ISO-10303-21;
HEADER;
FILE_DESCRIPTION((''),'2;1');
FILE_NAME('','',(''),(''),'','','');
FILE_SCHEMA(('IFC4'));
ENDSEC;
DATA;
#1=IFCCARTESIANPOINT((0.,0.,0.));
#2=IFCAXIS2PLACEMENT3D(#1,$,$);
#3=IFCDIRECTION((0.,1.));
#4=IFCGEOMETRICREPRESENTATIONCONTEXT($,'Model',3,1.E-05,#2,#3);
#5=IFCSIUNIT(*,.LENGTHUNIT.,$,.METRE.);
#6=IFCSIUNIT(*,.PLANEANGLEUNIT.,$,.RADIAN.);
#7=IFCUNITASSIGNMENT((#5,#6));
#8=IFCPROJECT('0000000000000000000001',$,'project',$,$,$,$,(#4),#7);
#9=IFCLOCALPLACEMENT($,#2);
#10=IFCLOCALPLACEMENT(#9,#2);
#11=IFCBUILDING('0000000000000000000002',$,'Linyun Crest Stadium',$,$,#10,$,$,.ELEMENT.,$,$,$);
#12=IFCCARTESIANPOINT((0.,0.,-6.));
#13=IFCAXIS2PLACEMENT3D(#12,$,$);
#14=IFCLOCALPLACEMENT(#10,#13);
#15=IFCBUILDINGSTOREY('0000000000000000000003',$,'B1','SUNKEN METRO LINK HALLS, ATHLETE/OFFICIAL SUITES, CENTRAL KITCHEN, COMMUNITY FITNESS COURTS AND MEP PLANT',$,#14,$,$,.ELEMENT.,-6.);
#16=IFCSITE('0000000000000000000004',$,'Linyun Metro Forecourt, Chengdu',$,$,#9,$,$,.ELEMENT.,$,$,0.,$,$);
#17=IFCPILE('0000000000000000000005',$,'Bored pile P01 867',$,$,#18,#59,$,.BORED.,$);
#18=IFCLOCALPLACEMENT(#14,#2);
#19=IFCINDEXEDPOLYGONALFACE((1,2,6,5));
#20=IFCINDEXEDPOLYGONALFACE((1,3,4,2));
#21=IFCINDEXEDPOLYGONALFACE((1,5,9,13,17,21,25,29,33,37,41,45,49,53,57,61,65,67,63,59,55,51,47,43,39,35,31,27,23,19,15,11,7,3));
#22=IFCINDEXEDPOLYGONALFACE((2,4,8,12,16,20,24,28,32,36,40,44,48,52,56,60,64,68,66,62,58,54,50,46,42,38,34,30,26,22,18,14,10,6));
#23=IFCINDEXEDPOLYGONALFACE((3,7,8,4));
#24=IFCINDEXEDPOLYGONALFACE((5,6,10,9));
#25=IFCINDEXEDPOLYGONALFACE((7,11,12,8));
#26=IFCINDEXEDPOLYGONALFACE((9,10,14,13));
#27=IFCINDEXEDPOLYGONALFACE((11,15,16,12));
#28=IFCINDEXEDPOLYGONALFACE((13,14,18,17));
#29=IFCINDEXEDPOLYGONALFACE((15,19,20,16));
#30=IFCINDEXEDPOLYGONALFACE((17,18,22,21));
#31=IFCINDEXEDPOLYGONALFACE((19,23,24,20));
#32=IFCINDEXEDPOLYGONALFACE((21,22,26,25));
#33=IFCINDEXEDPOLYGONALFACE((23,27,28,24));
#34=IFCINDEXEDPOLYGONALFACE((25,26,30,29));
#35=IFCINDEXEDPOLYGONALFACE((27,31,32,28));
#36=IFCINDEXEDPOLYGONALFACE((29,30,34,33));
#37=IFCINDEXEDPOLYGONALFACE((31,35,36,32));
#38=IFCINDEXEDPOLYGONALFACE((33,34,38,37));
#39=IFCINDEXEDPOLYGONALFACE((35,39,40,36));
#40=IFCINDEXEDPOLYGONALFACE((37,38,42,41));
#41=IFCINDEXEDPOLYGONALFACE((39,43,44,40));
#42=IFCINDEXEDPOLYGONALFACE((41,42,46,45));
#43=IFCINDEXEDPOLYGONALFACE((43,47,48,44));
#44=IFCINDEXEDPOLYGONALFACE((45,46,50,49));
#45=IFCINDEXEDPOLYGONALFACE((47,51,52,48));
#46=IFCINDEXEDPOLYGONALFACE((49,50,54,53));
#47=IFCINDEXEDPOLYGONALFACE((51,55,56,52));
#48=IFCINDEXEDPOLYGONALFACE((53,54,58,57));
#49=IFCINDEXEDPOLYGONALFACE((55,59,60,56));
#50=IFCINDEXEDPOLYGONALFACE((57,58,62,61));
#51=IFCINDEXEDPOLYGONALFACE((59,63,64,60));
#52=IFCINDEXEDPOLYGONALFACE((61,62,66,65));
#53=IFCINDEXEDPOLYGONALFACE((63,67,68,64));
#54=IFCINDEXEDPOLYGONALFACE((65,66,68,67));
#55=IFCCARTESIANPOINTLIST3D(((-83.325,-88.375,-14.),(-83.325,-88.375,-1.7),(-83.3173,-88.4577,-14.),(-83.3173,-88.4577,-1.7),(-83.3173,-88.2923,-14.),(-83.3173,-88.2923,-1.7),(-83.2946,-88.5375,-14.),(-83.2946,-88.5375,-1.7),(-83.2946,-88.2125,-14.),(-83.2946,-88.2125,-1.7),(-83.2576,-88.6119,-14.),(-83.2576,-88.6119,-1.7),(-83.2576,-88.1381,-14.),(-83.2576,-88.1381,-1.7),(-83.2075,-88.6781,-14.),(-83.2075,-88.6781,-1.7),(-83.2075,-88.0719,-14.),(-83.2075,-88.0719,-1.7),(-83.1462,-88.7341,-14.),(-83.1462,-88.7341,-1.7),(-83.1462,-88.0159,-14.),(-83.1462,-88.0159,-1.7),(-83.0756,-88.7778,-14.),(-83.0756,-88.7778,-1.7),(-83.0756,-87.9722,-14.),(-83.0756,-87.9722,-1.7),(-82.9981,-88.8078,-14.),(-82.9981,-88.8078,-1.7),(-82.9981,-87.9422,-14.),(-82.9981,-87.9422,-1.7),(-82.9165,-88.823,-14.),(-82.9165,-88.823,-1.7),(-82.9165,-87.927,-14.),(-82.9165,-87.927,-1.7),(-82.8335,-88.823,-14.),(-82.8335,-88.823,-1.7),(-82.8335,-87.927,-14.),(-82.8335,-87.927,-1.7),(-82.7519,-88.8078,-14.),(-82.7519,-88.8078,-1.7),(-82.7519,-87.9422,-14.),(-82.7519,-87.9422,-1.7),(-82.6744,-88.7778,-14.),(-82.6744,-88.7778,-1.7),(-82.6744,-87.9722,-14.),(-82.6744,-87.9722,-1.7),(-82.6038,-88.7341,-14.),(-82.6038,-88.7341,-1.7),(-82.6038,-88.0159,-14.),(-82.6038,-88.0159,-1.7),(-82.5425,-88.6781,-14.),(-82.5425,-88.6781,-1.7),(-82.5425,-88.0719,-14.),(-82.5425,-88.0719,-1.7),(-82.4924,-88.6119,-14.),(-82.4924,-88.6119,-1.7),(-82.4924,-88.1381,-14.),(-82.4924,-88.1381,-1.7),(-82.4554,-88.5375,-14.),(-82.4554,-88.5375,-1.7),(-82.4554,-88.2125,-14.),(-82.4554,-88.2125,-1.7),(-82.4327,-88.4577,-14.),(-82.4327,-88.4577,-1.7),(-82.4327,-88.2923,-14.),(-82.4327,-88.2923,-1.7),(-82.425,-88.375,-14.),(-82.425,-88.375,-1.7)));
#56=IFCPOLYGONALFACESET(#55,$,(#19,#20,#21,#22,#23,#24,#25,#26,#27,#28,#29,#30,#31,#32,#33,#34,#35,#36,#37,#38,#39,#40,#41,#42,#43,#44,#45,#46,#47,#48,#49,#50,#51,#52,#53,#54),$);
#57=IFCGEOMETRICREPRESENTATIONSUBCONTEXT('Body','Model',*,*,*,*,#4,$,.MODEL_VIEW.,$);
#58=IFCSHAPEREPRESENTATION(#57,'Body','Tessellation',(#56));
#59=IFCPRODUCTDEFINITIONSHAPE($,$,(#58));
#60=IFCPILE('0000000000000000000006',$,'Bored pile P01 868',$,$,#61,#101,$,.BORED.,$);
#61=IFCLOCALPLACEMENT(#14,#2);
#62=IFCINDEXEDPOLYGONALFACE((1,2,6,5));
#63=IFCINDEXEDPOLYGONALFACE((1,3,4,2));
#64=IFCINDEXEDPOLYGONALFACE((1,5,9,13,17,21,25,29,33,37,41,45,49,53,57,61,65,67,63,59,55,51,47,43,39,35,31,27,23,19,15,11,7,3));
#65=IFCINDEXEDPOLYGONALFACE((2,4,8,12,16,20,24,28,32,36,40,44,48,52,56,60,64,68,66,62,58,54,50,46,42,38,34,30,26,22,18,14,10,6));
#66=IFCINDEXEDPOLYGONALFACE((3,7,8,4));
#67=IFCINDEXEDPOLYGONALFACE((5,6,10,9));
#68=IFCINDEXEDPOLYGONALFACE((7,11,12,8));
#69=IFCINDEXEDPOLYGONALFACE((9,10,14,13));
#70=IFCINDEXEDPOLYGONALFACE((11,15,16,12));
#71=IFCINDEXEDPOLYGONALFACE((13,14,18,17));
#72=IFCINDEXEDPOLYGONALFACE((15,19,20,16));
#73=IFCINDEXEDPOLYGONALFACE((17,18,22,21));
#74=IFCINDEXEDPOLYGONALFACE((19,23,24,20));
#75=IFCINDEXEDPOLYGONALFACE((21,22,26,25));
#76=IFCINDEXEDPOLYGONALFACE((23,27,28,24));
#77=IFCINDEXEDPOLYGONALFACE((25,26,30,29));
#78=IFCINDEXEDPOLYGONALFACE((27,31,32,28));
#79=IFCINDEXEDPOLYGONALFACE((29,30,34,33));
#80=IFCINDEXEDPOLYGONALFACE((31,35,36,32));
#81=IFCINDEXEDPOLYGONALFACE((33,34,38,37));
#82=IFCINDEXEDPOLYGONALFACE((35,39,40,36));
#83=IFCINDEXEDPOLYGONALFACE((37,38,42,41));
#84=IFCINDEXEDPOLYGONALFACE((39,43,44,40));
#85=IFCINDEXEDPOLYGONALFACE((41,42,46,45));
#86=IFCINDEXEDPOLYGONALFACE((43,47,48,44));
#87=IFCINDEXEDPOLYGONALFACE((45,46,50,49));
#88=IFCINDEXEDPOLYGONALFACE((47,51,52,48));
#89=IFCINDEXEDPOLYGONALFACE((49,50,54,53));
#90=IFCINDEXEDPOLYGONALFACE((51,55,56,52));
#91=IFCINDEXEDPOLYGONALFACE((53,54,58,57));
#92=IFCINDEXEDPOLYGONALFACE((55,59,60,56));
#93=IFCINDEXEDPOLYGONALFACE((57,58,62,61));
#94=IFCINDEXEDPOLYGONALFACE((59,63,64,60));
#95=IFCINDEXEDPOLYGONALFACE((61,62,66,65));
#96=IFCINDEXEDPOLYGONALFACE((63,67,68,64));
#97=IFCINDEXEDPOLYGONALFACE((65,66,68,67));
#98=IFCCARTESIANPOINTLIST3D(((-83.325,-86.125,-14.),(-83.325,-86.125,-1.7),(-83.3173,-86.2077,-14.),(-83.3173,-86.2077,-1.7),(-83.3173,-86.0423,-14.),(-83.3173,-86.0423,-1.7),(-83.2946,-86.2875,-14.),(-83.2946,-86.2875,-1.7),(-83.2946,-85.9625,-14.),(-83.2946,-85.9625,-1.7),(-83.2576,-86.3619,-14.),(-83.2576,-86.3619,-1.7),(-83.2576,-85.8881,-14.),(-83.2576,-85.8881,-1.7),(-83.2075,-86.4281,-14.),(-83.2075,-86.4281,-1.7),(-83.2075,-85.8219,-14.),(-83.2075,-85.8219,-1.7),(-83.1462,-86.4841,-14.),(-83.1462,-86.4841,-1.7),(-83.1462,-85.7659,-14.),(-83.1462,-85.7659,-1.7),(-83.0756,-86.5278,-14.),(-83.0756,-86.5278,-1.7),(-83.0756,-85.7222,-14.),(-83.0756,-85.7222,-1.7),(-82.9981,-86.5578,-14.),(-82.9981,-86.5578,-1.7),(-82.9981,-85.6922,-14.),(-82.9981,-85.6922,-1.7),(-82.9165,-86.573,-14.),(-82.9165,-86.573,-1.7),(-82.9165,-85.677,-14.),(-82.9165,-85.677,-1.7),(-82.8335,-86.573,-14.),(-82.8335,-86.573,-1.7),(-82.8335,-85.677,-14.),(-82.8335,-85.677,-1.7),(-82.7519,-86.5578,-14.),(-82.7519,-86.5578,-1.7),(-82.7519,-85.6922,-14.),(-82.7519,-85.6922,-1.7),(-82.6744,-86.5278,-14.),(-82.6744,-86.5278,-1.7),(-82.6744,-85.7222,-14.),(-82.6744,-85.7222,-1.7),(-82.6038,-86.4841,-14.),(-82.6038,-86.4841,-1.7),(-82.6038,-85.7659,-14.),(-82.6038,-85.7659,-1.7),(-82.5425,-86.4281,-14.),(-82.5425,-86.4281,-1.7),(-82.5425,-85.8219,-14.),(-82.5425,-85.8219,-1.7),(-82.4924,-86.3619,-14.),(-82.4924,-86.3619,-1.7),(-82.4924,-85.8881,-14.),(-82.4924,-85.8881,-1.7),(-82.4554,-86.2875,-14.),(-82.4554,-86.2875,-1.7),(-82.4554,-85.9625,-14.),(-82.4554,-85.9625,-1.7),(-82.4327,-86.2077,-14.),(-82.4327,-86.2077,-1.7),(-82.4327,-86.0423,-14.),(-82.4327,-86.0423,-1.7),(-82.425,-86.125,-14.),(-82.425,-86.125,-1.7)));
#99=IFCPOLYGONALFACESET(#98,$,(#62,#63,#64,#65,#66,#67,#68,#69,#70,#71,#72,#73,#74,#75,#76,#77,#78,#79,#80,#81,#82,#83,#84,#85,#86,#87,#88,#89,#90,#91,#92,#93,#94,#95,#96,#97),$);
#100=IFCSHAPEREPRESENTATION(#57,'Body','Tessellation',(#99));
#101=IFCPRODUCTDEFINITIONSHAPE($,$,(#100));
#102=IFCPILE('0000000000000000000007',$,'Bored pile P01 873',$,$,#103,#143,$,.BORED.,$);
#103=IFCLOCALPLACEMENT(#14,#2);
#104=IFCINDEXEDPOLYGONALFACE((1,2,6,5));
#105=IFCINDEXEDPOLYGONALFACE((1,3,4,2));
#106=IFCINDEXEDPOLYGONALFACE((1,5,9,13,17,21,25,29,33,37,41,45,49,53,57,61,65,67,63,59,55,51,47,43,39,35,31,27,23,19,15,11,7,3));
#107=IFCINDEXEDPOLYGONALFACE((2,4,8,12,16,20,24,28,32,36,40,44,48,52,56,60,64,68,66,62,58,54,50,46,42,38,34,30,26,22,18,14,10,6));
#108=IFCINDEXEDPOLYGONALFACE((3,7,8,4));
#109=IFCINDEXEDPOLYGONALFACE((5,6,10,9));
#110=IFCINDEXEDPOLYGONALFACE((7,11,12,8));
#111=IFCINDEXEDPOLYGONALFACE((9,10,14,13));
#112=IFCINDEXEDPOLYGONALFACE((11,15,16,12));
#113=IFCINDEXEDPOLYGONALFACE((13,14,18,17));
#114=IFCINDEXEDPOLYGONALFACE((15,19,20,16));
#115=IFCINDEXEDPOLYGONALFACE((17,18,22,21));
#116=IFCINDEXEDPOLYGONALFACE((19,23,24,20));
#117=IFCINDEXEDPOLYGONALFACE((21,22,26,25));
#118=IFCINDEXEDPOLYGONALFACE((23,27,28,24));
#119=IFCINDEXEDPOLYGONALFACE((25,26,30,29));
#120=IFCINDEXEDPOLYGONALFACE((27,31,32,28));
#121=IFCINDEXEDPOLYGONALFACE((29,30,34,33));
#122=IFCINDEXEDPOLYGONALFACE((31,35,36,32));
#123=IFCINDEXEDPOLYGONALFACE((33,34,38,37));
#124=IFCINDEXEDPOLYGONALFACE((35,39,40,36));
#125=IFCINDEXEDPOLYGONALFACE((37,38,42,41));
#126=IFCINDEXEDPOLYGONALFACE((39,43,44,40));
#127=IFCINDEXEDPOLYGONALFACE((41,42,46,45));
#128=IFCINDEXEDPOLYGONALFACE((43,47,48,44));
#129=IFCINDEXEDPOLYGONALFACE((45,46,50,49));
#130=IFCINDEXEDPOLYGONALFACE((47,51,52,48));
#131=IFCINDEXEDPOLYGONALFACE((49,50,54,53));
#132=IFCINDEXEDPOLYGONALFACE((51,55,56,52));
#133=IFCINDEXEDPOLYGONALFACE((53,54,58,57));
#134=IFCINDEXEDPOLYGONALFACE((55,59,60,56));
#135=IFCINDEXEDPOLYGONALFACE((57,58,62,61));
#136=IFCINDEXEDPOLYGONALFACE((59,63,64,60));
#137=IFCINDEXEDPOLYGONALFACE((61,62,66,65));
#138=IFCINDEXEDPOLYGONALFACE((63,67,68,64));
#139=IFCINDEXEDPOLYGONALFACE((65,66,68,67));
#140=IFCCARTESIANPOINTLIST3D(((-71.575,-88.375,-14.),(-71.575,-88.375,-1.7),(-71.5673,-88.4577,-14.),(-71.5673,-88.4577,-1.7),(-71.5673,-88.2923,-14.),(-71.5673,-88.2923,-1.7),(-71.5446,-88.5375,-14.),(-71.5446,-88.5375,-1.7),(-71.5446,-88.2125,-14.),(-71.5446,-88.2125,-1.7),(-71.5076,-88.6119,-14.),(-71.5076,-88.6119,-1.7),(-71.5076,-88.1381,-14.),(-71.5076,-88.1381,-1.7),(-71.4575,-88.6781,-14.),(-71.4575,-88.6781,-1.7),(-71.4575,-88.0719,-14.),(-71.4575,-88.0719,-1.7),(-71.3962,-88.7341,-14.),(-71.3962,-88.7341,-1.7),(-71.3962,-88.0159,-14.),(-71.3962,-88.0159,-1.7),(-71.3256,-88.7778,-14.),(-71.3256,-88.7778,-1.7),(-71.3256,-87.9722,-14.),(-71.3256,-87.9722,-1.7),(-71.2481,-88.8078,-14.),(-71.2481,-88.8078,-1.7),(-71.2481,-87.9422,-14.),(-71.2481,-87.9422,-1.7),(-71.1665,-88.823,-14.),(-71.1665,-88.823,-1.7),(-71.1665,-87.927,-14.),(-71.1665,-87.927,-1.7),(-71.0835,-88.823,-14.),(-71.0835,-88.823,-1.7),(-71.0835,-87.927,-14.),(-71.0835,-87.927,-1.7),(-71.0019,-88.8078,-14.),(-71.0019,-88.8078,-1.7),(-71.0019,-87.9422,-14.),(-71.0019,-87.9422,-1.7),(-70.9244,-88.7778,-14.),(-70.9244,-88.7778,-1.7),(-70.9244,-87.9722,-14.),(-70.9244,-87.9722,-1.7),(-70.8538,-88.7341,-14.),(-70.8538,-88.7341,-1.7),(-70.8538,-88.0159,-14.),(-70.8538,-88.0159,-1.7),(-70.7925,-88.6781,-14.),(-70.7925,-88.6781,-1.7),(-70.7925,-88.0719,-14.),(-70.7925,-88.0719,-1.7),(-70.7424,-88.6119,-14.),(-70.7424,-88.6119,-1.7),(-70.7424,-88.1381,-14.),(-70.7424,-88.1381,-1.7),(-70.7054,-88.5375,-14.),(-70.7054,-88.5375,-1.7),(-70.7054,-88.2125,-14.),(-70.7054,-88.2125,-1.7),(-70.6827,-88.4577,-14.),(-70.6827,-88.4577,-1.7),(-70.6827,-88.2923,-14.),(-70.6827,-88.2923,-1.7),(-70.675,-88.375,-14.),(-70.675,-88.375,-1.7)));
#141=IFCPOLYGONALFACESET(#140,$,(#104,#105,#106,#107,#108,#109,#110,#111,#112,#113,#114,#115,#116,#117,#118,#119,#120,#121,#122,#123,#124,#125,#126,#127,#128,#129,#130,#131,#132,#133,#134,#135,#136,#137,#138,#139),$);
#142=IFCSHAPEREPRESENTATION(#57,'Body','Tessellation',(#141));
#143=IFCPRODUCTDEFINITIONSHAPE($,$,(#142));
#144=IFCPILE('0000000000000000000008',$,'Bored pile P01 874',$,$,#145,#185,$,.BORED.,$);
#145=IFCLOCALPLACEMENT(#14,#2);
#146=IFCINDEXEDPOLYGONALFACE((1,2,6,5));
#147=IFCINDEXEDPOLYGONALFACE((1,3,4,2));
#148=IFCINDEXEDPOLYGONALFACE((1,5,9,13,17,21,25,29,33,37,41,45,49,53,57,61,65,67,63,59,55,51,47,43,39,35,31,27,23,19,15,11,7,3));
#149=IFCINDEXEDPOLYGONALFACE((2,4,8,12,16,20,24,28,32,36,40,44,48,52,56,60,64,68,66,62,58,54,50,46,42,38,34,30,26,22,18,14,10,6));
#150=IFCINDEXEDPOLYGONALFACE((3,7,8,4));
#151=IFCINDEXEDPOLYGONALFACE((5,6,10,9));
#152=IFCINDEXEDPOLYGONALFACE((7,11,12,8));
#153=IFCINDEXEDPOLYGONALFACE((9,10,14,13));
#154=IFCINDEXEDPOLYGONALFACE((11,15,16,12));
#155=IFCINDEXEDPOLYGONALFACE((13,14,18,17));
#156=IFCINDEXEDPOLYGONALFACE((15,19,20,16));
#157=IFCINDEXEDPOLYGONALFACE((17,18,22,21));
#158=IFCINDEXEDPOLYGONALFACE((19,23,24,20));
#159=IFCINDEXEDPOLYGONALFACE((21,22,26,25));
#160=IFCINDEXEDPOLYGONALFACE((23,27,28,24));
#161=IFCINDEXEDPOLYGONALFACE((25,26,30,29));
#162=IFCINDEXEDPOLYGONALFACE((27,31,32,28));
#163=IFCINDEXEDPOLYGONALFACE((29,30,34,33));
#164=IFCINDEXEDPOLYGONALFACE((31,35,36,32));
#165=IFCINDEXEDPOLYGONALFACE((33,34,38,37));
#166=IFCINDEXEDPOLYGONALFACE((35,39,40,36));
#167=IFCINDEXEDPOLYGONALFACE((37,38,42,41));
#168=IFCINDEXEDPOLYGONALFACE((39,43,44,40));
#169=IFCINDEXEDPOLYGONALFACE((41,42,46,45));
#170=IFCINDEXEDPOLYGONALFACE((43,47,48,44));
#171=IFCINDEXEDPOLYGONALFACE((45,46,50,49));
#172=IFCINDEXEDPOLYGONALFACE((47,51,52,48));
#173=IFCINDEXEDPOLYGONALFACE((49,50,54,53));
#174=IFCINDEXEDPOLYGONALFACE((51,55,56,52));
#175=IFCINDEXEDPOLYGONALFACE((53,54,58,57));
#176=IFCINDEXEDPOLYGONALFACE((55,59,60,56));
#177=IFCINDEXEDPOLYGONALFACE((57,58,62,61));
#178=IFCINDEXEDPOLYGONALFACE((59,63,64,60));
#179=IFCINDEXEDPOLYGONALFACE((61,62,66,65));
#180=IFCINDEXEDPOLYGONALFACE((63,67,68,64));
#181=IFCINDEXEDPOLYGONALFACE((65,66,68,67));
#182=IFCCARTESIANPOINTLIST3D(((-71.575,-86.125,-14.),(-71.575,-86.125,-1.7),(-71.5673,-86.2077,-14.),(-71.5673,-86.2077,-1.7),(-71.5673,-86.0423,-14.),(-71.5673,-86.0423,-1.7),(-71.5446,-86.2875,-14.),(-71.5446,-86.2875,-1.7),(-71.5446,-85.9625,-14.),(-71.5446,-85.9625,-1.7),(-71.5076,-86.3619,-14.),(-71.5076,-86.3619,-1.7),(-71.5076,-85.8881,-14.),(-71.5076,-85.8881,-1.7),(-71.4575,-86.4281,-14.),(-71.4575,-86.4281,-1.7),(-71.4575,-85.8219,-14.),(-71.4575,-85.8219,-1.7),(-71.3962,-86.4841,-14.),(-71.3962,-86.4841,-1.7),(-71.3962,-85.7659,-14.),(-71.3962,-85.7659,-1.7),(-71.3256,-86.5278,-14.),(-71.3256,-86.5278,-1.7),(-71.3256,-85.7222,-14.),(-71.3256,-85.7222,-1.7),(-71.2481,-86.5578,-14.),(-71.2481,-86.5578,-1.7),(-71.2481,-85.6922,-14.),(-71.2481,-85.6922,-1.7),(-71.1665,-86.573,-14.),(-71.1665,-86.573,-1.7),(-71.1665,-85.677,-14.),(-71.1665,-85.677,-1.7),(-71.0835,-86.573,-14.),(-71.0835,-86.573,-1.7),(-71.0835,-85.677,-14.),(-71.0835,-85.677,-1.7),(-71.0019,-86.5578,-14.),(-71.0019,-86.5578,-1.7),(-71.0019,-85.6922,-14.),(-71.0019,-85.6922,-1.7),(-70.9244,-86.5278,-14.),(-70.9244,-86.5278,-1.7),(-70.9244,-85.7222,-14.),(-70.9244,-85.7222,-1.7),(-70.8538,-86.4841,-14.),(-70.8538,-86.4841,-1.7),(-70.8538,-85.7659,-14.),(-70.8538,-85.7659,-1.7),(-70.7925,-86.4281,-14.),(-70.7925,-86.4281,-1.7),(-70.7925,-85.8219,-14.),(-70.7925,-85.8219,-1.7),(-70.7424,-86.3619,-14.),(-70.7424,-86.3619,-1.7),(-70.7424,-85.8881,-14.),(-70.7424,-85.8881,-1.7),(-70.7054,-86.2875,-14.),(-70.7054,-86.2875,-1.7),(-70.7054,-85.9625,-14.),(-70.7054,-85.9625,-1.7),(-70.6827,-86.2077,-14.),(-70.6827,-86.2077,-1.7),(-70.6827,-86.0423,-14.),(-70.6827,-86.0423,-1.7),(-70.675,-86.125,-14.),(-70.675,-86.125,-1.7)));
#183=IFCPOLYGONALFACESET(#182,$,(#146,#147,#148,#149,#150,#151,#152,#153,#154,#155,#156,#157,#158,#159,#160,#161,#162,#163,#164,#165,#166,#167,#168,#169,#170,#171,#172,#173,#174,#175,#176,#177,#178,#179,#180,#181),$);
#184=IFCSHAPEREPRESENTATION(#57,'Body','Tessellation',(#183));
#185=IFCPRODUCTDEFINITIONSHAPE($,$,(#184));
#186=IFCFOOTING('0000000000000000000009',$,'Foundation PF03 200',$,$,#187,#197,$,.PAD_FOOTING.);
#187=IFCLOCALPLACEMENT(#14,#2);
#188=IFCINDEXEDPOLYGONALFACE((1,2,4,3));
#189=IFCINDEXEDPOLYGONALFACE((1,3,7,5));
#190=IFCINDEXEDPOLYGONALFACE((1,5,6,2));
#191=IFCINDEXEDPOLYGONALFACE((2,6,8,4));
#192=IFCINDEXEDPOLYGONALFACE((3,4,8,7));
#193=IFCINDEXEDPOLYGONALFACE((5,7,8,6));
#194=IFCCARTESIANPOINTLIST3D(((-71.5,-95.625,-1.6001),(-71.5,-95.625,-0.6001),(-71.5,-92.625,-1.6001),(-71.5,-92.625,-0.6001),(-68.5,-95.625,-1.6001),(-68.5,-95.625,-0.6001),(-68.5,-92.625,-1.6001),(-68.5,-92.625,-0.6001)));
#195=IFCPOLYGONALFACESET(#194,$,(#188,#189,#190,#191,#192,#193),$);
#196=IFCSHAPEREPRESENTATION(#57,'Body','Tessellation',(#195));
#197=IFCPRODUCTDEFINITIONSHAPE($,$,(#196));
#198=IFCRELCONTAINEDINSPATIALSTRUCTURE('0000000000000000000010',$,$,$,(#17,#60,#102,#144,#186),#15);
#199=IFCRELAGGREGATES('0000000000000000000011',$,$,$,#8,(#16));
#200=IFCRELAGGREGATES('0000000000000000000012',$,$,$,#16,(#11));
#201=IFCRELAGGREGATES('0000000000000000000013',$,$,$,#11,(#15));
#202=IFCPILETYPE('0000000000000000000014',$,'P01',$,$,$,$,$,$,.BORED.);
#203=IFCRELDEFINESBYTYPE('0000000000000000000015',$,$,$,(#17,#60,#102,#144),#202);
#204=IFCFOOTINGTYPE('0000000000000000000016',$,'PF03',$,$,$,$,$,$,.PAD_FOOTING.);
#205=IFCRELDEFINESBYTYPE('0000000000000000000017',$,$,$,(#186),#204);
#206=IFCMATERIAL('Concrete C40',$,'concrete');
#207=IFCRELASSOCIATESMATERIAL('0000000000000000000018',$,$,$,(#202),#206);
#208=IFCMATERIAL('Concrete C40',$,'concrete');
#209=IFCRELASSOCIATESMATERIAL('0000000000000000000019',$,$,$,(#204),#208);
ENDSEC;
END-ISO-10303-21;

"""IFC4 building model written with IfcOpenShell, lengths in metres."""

from ifc_helpers import new_model, si_unit, direction, frame, origin, origin_2d, place, context, subcontext, project, spatial, rectangle, circle, extrude, material, material_profile, profile_set, type_object, element, save


model = new_model("IFC4")

# Units and contexts
model_context = context("Model", 3, precision=1e-05, world=origin(), true_north=direction((0.0, 1.0)))
body_context = subcontext(model_context, "Body", "Model", "MODEL_VIEW")
ifc_project = project(units=[si_unit("LENGTHUNIT", "METRE"), si_unit("PLANEANGLEUNIT", "RADIAN")], contexts=[model_context])

# Site, building, storey
site_placement = place(None, origin())
site = spatial("IfcSite", under=ifc_project, at=site_placement, Name="Linyun Metro Forecourt, Chengdu", CompositionType="ELEMENT", RefElevation=0.0)
building_placement = place(site_placement, origin())
building = spatial("IfcBuilding", under=site, at=building_placement, Name="Linyun Crest Stadium", CompositionType="ELEMENT")
storey_placement = place(building_placement, frame((0.0, 0.0, -6.0)))
storey = spatial("IfcBuildingStorey", under=building, at=storey_placement, Name="B1", Description="SUNKEN METRO LINK HALLS, ATHLETE/OFFICIAL SUITES, CENTRAL KITCHEN, COMMUNITY FITNESS COURTS AND MEP PLANT", CompositionType="ELEMENT", Elevation=-6.0)

# Piles
ifc_material_1 = material(Name="Concrete C40", Category="concrete")
ifc_material_profile_1 = material_profile(ifc_material_1, circle(Radius=0.45, at=origin_2d()), Name="BORED PILE 900")
ifc_profile_set_1 = profile_set([ifc_material_profile_1], Name="Concrete C40")
pile_type = type_object("IfcPileType", Name="P01", PredefinedType="BORED", material=ifc_profile_set_1)
for number, where, z_axis, x_axis, name in (
    (1, (-82.875, -88.375, -1.7), (0.0, 0.0, -1.0), (1.0, 0.0, 0.0), "Bored pile P01 867"),
    (2, (-82.875, -86.125, -1.7), (0.0, 0.0, -1.0), (1.0, 0.0, 0.0), "Bored pile P01 868"),
    (3, (-71.125, -88.375, -1.7), (0.0, 0.0, -1.0), (1.0, 0.0, 0.0), "Bored pile P01 873"),
    (4, (-71.125, -86.125, -1.7), (0.0, 0.0, -1.0), (1.0, 0.0, 0.0), "Bored pile P01 874"),
):
    element("IfcPile", number, at=place(storey_placement, frame(where, z_axis=z_axis, x_axis=x_axis)), inside=storey, type_object=pile_type, Name=name, PredefinedType="BORED", context=body_context, shape_type="SweptSolid", body=[
        extrude(circle(Radius=0.45, at=origin_2d()), origin(), (0.0, 0.0, 1.0), 12.3),
    ])

# Footing
ifc_material_2 = material(Name="Concrete C40", Category="concrete")
footing_type = type_object("IfcFootingType", Name="PF03", PredefinedType="PAD_FOOTING", material=ifc_material_2)
footing_placement = place(storey_placement, frame((-70.0, -94.125, -1.6001), z_axis=(0.0, 0.0, 1.0), x_axis=(1.0, 0.0, 0.0)))
element("IfcFooting", 5, at=footing_placement, inside=storey, type_object=footing_type, Name="Foundation PF03 200", PredefinedType="PAD_FOOTING", context=body_context, shape_type="SweptSolid", body=[
    extrude(rectangle(XDim=3.0, YDim=3.0, at=origin_2d()), origin(), (0.0, 0.0, 1.0), 1.0),
])

save(model, "model.ifc")
